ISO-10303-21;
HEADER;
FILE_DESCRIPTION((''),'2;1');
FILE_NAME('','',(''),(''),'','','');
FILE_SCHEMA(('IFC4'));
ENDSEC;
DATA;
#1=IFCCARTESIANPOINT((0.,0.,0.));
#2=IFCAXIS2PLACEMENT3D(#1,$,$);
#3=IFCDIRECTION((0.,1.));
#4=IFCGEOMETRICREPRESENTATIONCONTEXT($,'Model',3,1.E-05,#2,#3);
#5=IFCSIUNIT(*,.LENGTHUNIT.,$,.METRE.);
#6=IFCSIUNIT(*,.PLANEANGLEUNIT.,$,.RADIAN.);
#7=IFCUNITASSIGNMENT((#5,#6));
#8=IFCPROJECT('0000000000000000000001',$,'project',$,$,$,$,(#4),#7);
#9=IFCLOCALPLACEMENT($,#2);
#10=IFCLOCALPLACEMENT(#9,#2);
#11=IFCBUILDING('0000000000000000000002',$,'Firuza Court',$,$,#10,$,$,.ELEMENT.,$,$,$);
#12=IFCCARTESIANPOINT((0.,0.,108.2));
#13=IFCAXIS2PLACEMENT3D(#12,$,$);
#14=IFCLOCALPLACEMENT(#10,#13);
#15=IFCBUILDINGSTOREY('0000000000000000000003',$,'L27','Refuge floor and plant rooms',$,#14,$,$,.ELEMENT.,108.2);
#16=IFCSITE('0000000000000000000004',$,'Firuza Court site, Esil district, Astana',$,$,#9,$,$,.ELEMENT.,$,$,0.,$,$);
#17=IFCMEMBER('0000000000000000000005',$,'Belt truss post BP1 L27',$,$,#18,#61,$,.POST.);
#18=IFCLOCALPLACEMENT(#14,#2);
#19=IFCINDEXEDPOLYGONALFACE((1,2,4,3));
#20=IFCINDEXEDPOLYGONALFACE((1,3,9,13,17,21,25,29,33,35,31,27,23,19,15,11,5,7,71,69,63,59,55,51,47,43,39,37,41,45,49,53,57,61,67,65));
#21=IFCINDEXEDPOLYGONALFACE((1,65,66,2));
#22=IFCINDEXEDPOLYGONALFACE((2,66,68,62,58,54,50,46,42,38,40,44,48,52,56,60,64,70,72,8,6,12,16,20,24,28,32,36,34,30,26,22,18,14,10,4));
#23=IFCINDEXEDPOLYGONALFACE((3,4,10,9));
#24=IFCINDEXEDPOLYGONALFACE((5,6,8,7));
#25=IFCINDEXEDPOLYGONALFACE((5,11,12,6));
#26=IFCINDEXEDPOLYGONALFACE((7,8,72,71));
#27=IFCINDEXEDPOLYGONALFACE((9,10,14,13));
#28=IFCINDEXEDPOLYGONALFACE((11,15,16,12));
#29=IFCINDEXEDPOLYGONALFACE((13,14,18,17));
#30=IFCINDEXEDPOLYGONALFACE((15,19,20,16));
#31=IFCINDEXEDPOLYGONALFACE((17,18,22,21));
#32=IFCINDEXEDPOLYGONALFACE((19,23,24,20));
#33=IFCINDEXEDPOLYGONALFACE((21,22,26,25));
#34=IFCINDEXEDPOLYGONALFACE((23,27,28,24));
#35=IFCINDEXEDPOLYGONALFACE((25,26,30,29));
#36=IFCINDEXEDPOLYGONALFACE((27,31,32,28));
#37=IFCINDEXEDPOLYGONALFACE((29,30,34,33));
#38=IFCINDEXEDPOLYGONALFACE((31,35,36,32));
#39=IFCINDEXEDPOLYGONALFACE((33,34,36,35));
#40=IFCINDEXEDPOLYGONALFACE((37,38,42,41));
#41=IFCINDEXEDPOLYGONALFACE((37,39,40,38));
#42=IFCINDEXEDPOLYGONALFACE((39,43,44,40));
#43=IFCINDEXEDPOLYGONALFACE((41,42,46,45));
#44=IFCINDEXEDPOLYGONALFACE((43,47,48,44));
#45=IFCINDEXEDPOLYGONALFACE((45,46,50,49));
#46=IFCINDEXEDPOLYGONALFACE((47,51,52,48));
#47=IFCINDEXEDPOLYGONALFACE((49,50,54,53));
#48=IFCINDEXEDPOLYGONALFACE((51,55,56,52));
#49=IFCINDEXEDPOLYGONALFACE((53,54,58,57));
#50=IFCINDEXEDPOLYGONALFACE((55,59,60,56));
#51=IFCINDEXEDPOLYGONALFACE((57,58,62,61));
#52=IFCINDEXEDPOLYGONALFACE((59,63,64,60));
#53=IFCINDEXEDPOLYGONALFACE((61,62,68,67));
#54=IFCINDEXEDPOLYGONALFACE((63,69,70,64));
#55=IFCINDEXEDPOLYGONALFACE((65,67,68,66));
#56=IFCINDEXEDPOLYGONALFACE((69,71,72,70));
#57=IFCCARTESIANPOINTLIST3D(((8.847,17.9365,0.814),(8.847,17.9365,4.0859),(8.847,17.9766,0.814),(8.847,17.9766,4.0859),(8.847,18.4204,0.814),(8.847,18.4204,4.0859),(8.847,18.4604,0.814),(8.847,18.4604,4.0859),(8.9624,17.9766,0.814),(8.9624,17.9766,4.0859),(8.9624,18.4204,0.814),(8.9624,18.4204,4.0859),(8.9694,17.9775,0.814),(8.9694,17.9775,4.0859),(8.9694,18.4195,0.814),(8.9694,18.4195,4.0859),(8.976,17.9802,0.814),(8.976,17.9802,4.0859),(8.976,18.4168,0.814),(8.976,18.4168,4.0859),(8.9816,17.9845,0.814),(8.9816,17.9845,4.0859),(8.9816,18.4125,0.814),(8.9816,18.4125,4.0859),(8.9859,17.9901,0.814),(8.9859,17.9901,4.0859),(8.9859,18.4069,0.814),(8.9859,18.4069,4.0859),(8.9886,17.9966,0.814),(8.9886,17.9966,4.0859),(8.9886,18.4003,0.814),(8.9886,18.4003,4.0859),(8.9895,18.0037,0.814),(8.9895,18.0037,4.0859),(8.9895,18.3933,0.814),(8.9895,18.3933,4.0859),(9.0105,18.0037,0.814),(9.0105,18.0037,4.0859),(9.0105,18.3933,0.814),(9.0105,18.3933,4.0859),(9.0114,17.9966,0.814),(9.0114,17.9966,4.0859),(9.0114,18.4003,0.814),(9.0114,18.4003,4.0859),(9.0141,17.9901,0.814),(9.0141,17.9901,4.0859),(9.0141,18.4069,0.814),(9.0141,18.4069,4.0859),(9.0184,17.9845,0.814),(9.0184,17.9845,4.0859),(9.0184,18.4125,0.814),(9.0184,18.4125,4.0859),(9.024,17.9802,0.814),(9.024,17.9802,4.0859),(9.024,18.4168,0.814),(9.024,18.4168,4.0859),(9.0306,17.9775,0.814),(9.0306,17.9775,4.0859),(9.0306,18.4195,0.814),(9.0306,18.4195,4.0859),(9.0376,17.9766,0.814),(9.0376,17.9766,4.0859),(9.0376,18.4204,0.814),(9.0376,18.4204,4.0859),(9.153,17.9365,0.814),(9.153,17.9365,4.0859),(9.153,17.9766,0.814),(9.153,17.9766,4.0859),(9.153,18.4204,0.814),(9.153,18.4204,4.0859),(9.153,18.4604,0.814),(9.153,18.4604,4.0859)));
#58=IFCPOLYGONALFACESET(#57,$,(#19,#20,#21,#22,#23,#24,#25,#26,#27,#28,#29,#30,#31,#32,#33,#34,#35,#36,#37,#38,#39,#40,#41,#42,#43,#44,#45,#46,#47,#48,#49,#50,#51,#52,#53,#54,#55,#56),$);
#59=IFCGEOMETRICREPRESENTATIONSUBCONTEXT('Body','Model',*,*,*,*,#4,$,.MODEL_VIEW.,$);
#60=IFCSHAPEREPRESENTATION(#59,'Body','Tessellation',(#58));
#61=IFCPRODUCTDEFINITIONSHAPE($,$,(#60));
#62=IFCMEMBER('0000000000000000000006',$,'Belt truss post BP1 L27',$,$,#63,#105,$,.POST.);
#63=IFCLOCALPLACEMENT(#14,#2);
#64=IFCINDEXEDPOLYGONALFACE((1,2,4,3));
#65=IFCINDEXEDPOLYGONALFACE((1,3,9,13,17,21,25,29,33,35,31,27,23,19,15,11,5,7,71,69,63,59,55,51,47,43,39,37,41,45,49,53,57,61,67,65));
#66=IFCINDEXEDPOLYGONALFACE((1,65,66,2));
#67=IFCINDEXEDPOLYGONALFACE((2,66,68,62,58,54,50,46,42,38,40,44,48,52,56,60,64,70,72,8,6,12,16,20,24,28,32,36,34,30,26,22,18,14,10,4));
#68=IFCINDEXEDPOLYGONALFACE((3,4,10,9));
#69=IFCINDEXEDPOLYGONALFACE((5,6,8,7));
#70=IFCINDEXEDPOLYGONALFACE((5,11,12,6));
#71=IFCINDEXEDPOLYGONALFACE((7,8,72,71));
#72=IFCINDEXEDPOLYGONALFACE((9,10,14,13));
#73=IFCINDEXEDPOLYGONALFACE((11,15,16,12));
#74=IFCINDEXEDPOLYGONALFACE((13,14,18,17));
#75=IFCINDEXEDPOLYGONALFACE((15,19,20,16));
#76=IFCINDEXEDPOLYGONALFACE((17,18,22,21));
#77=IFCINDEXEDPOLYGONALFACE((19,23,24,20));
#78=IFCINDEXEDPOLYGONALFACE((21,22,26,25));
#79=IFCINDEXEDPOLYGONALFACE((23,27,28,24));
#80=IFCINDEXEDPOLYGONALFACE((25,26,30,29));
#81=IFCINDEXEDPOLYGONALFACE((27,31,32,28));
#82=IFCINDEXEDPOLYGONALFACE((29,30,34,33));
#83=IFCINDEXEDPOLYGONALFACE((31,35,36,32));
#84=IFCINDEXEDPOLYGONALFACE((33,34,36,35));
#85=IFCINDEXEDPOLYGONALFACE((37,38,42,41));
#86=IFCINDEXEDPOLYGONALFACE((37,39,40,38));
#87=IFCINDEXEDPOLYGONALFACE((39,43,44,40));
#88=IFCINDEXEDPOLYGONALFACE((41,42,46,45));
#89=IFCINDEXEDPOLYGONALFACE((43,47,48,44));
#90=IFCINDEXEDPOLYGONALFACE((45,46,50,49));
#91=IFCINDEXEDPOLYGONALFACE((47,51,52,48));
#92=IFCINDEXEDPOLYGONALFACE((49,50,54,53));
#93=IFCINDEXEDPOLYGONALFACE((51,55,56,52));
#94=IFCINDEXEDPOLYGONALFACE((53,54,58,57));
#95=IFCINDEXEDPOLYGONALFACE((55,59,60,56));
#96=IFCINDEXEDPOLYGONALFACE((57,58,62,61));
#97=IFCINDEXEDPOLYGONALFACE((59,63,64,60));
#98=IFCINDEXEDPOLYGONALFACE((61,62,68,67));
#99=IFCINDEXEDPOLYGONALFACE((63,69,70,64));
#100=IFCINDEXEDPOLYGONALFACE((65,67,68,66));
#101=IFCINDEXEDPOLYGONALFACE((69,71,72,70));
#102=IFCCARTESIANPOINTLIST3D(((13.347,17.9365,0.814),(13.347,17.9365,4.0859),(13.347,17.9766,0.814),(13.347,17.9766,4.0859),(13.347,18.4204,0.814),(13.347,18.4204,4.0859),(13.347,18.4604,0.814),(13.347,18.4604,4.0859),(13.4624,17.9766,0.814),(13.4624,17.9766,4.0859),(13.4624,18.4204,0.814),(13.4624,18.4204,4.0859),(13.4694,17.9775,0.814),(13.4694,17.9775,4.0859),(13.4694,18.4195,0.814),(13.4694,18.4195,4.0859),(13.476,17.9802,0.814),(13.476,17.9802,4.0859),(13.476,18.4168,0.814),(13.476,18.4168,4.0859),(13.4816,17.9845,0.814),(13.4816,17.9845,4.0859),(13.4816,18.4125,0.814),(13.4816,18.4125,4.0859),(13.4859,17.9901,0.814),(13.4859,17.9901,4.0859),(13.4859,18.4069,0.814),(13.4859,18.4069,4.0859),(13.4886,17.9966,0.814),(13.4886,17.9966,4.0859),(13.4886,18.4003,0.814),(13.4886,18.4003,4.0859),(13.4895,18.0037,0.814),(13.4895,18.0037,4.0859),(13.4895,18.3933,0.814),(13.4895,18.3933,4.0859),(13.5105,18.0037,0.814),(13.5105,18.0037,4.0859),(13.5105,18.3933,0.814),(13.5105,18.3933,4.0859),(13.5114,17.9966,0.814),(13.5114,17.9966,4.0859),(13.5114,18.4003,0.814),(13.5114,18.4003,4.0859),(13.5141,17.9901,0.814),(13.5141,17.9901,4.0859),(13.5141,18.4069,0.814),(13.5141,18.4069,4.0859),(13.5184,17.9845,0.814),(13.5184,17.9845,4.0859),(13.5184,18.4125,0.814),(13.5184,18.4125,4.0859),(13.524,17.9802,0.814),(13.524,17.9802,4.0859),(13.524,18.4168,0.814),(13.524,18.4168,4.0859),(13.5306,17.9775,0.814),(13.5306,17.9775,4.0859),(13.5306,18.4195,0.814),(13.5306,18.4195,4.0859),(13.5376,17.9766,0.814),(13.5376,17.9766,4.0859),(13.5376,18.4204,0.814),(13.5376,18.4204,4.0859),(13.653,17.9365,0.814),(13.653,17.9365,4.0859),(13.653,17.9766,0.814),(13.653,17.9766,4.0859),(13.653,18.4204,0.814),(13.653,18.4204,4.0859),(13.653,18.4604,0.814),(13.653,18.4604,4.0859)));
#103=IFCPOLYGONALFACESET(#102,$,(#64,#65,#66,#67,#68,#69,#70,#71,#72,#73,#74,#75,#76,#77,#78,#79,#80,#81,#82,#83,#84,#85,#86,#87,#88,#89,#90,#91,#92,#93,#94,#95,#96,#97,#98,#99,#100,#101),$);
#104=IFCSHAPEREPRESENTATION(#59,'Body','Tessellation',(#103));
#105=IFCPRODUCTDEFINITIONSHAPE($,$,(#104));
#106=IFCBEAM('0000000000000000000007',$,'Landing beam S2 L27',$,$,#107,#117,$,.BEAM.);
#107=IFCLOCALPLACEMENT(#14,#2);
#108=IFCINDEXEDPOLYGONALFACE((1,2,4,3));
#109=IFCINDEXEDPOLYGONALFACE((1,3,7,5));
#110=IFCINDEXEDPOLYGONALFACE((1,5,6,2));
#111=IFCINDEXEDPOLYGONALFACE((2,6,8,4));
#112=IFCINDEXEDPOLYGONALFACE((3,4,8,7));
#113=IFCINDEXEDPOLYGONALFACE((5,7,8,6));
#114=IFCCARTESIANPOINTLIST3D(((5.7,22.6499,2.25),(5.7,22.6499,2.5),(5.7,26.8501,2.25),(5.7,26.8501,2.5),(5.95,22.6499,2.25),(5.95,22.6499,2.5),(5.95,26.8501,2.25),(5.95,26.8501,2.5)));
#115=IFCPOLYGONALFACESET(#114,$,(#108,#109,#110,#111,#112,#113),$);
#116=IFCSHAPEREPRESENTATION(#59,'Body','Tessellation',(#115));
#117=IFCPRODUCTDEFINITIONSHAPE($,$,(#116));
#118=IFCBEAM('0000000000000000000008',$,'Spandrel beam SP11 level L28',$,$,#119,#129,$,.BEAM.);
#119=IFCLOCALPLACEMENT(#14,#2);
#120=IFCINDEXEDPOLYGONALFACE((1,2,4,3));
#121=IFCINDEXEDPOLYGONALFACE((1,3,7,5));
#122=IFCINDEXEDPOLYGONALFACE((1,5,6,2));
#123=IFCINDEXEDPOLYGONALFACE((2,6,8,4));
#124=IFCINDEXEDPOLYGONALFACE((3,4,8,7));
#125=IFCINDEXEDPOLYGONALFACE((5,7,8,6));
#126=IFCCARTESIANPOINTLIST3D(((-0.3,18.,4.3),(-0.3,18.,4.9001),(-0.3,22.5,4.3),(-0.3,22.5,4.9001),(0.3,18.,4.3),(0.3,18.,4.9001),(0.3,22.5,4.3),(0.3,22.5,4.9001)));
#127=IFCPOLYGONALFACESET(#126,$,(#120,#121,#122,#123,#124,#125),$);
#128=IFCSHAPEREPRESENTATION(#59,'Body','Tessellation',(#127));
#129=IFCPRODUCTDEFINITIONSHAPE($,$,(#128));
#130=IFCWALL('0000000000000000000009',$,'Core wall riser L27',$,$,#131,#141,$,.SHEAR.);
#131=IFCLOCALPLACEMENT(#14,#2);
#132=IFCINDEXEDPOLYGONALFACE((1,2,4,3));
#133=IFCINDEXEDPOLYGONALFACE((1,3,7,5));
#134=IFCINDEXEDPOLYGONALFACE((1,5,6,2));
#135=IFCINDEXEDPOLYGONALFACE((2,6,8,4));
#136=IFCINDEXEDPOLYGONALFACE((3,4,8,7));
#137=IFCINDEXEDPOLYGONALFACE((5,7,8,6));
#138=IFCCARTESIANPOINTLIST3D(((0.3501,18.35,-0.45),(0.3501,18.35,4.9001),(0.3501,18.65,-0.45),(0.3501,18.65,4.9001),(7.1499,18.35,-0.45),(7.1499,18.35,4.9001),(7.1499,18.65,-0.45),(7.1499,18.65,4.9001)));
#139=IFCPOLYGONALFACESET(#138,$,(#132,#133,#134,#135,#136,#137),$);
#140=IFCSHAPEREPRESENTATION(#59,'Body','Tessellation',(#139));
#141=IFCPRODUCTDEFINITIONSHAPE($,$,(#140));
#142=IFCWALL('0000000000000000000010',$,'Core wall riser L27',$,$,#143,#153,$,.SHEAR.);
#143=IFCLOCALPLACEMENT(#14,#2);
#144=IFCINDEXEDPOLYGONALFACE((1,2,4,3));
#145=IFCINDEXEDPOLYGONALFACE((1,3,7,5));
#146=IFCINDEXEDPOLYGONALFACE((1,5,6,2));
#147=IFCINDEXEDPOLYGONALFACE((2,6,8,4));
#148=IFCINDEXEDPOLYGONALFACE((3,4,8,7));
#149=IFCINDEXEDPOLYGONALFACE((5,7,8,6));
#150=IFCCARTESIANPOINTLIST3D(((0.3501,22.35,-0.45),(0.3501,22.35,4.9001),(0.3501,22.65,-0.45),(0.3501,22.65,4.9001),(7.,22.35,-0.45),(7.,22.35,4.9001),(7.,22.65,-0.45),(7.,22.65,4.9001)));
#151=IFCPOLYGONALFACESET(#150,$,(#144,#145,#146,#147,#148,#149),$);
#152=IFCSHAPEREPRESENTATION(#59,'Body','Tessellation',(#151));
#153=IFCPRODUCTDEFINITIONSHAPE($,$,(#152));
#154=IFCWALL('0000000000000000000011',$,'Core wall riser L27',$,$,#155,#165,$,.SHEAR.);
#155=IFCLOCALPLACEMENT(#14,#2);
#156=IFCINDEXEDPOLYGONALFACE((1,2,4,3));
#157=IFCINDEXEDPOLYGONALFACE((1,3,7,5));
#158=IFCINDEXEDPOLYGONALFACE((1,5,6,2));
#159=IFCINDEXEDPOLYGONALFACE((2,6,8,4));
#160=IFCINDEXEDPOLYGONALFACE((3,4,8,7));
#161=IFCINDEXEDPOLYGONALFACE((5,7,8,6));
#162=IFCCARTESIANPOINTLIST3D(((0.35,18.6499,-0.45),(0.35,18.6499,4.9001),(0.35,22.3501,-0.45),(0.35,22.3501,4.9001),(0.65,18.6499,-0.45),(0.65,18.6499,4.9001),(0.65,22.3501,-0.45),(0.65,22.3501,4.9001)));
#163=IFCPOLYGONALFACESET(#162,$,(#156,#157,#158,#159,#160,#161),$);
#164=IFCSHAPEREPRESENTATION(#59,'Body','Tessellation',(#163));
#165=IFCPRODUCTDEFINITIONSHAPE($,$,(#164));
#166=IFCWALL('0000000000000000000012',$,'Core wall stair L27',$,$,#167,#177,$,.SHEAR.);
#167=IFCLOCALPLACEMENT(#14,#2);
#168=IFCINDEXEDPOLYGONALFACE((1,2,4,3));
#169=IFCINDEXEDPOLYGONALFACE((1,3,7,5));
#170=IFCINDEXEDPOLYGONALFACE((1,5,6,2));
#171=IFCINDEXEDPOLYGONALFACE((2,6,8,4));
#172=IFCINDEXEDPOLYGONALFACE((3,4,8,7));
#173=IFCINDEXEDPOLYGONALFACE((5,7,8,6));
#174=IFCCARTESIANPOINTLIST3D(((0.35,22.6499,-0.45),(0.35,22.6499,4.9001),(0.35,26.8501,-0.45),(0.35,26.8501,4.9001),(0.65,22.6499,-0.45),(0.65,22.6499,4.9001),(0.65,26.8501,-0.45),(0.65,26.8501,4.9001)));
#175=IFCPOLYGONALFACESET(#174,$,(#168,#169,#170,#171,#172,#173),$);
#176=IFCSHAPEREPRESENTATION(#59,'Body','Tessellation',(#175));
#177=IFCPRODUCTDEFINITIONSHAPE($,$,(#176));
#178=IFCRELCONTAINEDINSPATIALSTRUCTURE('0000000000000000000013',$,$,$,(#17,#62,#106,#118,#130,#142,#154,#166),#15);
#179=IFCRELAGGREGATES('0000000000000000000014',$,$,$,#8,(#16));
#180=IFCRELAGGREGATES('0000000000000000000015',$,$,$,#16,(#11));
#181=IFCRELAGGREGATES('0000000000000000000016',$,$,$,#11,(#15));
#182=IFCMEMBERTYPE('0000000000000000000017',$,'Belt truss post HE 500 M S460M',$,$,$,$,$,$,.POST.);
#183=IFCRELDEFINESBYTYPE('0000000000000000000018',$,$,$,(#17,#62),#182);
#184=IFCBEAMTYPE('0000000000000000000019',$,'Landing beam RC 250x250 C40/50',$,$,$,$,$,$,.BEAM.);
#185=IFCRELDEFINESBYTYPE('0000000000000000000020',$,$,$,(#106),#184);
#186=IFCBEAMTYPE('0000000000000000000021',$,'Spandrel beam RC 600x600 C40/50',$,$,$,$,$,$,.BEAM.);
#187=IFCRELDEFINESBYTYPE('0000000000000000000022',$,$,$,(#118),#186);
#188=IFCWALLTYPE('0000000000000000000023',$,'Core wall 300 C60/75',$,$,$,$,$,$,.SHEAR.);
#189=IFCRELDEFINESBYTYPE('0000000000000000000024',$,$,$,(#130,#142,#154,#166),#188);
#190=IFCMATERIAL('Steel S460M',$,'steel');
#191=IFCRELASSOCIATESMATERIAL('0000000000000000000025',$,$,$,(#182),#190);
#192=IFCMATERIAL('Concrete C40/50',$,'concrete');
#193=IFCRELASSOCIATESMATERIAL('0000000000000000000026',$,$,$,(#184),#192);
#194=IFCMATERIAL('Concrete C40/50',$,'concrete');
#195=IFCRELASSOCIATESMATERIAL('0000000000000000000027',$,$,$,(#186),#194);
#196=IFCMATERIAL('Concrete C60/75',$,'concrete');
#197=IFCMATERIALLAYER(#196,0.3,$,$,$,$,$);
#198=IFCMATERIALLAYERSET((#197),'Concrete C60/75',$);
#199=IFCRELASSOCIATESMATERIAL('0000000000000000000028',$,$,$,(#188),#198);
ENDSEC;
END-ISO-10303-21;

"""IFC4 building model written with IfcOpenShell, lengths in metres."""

from ifc_helpers import new_model, si_unit, direction, frame, frame_2d, origin, origin_2d, place, context, subcontext, project, spatial, rectangle, i_section, extrude, material, layer, layer_set, material_profile, profile_set, type_object, element, save


model = new_model("IFC4")

# Units and contexts
model_context = context("Model", 3, precision=1e-05, world=origin(), true_north=direction((0.0, 1.0)))
body_context = subcontext(model_context, "Body", "Model", "MODEL_VIEW")
ifc_project = project(units=[si_unit("LENGTHUNIT", "METRE"), si_unit("PLANEANGLEUNIT", "RADIAN")], contexts=[model_context])

# Site, building, storey
site_placement = place(None, origin())
site = spatial("IfcSite", under=ifc_project, at=site_placement, Name="Firuza Court site, Esil district, Astana", CompositionType="ELEMENT", RefElevation=0.0)
building_placement = place(site_placement, origin())
building = spatial("IfcBuilding", under=site, at=building_placement, Name="Firuza Court", CompositionType="ELEMENT")
storey_placement = place(building_placement, frame((0.0, 0.0, 108.2)))
storey = spatial("IfcBuildingStorey", under=building, at=storey_placement, Name="L27", Description="Refuge floor and plant rooms", CompositionType="ELEMENT", Elevation=108.2)

# Members
ifc_material_1 = material(Name="Steel S460M", Category="steel")
ifc_material_profile_1 = material_profile(ifc_material_1, i_section(OverallWidth=0.3059, OverallDepth=0.5239, WebThickness=0.021, FlangeThickness=0.04, FilletRadius=0.0271, at=origin_2d()), Name="HE 500 M")
ifc_profile_set_1 = profile_set([ifc_material_profile_1], Name="Steel S460M")
member_type_1 = type_object("IfcMemberType", Name="Belt truss post HE 500 M S460M", PredefinedType="POST", material=ifc_profile_set_1)
for number, where, z_axis, x_axis, name in (
    (1, (9.0, 18.1985, 0.814), (0.0, 0.0, 1.0), (1.0, 0.0, 0.0), "Belt truss post BP1 L27"),
    (2, (13.5, 18.1985, 0.814), (0.0, 0.0, 1.0), (1.0, 0.0, 0.0), "Belt truss post BP1 L27"),
):
    element("IfcMember", number, at=place(storey_placement, frame(where, z_axis=z_axis, x_axis=x_axis)), inside=storey, type_object=member_type_1, Name=name, PredefinedType="POST", context=body_context, shape_type="SweptSolid", body=[
        extrude(i_section(OverallWidth=0.3059, OverallDepth=0.5239, WebThickness=0.021, FlangeThickness=0.04, FilletRadius=0.0271, at=origin_2d()), origin(), (0.0, 0.0, 1.0), 3.272),
    ])

# Beams
ifc_material_2 = material(Name="Concrete C40/50", Category="concrete")
ifc_material_profile_2 = material_profile(ifc_material_2, rectangle(XDim=0.25, YDim=0.25, at=origin_2d()), Name="RC 250x250")
ifc_profile_set_2 = profile_set([ifc_material_profile_2], Name="Concrete C40/50")
beam_type_1 = type_object("IfcBeamType", Name="Landing beam RC 250x250 C40/50", PredefinedType="BEAM", material=ifc_profile_set_2)
beam_1_placement = place(storey_placement, frame((5.825, 22.6499, 2.375), z_axis=(0.0, 1.0, 0.0), x_axis=(-1.0, 0.0, 0.0)))
element("IfcBeam", 3, at=beam_1_placement, inside=storey, type_object=beam_type_1, Name="Landing beam S2 L27", PredefinedType="BEAM", context=body_context, shape_type="SweptSolid", body=[
    extrude(rectangle(XDim=0.25, YDim=0.25, at=origin_2d()), origin(), (0.0, 0.0, 1.0), 4.2002),
])
ifc_material_3 = material(Name="Concrete C40/50", Category="concrete")
ifc_material_profile_3 = material_profile(ifc_material_3, rectangle(XDim=0.6001, YDim=0.6001, at=origin_2d()), Name="RC 600x600")
ifc_profile_set_3 = profile_set([ifc_material_profile_3], Name="Concrete C40/50")
beam_type_2 = type_object("IfcBeamType", Name="Spandrel beam RC 600x600 C40/50", PredefinedType="BEAM", material=ifc_profile_set_3)
beam_2_placement = place(storey_placement, frame((0.0, 22.5, 4.6001), z_axis=(0.0, -1.0, 0.0), x_axis=(1.0, 0.0, 0.0)))
element("IfcBeam", 4, at=beam_2_placement, inside=storey, type_object=beam_type_2, Name="Spandrel beam SP11 level L28", PredefinedType="BEAM", context=body_context, shape_type="SweptSolid", body=[
    extrude(rectangle(XDim=0.6001, YDim=0.6001, at=origin_2d()), origin(), (0.0, 0.0, 1.0), 4.5),
])

# Walls
ifc_material_4 = material(Name="Concrete C60/75", Category="concrete")
ifc_layer_1 = layer(ifc_material_4, 0.3)
ifc_layer_set_1 = layer_set([ifc_layer_1], Name="Concrete C60/75")
wall_type_1 = type_object("IfcWallType", Name="Core wall 300 C60/75", PredefinedType="SHEAR", material=ifc_layer_set_1)
wall_1_placement = place(storey_placement, frame((0.3501, 18.5, -0.45), z_axis=(0.0, 0.0, 1.0), x_axis=(1.0, 0.0, 0.0)))
element("IfcWall", 5, at=wall_1_placement, inside=storey, type_object=wall_type_1, Name="Core wall riser L27", PredefinedType="SHEAR", context=body_context, shape_type="SweptSolid", body=[
    extrude(rectangle(XDim=6.7998, YDim=0.3, at=frame_2d((3.3999, 0.0))), origin(), (0.0, 0.0, 1.0), 5.3501),
])
wall_2_placement = place(storey_placement, frame((0.3501, 22.5, -0.45), z_axis=(0.0, 0.0, 1.0), x_axis=(1.0, 0.0, 0.0)))
element("IfcWall", 6, at=wall_2_placement, inside=storey, type_object=wall_type_1, Name="Core wall riser L27", PredefinedType="SHEAR", context=body_context, shape_type="SweptSolid", body=[
    extrude(rectangle(XDim=6.6499, YDim=0.3, at=frame_2d((3.325, 0.0))), origin(), (0.0, 0.0, 1.0), 5.3501),
])
wall_3_placement = place(storey_placement, frame((0.5, 18.6499, -0.45), z_axis=(0.0, 0.0, 1.0), x_axis=(0.0, 1.0, 0.0)))
element("IfcWall", 7, at=wall_3_placement, inside=storey, type_object=wall_type_1, Name="Core wall riser L27", PredefinedType="SHEAR", context=body_context, shape_type="SweptSolid", body=[
    extrude(rectangle(XDim=3.7002, YDim=0.3, at=frame_2d((1.8501, 0.0))), origin(), (0.0, 0.0, 1.0), 5.3501),
])
wall_4_placement = place(storey_placement, frame((0.5, 22.6499, -0.45), z_axis=(0.0, 0.0, 1.0), x_axis=(0.0, 1.0, 0.0)))
element("IfcWall", 8, at=wall_4_placement, inside=storey, type_object=wall_type_1, Name="Core wall stair L27", PredefinedType="SHEAR", context=body_context, shape_type="SweptSolid", body=[
    extrude(rectangle(XDim=4.2002, YDim=0.3, at=frame_2d((2.1001, 0.0))), origin(), (0.0, 0.0, 1.0), 5.3501),
])

save(model, "model.ifc")
